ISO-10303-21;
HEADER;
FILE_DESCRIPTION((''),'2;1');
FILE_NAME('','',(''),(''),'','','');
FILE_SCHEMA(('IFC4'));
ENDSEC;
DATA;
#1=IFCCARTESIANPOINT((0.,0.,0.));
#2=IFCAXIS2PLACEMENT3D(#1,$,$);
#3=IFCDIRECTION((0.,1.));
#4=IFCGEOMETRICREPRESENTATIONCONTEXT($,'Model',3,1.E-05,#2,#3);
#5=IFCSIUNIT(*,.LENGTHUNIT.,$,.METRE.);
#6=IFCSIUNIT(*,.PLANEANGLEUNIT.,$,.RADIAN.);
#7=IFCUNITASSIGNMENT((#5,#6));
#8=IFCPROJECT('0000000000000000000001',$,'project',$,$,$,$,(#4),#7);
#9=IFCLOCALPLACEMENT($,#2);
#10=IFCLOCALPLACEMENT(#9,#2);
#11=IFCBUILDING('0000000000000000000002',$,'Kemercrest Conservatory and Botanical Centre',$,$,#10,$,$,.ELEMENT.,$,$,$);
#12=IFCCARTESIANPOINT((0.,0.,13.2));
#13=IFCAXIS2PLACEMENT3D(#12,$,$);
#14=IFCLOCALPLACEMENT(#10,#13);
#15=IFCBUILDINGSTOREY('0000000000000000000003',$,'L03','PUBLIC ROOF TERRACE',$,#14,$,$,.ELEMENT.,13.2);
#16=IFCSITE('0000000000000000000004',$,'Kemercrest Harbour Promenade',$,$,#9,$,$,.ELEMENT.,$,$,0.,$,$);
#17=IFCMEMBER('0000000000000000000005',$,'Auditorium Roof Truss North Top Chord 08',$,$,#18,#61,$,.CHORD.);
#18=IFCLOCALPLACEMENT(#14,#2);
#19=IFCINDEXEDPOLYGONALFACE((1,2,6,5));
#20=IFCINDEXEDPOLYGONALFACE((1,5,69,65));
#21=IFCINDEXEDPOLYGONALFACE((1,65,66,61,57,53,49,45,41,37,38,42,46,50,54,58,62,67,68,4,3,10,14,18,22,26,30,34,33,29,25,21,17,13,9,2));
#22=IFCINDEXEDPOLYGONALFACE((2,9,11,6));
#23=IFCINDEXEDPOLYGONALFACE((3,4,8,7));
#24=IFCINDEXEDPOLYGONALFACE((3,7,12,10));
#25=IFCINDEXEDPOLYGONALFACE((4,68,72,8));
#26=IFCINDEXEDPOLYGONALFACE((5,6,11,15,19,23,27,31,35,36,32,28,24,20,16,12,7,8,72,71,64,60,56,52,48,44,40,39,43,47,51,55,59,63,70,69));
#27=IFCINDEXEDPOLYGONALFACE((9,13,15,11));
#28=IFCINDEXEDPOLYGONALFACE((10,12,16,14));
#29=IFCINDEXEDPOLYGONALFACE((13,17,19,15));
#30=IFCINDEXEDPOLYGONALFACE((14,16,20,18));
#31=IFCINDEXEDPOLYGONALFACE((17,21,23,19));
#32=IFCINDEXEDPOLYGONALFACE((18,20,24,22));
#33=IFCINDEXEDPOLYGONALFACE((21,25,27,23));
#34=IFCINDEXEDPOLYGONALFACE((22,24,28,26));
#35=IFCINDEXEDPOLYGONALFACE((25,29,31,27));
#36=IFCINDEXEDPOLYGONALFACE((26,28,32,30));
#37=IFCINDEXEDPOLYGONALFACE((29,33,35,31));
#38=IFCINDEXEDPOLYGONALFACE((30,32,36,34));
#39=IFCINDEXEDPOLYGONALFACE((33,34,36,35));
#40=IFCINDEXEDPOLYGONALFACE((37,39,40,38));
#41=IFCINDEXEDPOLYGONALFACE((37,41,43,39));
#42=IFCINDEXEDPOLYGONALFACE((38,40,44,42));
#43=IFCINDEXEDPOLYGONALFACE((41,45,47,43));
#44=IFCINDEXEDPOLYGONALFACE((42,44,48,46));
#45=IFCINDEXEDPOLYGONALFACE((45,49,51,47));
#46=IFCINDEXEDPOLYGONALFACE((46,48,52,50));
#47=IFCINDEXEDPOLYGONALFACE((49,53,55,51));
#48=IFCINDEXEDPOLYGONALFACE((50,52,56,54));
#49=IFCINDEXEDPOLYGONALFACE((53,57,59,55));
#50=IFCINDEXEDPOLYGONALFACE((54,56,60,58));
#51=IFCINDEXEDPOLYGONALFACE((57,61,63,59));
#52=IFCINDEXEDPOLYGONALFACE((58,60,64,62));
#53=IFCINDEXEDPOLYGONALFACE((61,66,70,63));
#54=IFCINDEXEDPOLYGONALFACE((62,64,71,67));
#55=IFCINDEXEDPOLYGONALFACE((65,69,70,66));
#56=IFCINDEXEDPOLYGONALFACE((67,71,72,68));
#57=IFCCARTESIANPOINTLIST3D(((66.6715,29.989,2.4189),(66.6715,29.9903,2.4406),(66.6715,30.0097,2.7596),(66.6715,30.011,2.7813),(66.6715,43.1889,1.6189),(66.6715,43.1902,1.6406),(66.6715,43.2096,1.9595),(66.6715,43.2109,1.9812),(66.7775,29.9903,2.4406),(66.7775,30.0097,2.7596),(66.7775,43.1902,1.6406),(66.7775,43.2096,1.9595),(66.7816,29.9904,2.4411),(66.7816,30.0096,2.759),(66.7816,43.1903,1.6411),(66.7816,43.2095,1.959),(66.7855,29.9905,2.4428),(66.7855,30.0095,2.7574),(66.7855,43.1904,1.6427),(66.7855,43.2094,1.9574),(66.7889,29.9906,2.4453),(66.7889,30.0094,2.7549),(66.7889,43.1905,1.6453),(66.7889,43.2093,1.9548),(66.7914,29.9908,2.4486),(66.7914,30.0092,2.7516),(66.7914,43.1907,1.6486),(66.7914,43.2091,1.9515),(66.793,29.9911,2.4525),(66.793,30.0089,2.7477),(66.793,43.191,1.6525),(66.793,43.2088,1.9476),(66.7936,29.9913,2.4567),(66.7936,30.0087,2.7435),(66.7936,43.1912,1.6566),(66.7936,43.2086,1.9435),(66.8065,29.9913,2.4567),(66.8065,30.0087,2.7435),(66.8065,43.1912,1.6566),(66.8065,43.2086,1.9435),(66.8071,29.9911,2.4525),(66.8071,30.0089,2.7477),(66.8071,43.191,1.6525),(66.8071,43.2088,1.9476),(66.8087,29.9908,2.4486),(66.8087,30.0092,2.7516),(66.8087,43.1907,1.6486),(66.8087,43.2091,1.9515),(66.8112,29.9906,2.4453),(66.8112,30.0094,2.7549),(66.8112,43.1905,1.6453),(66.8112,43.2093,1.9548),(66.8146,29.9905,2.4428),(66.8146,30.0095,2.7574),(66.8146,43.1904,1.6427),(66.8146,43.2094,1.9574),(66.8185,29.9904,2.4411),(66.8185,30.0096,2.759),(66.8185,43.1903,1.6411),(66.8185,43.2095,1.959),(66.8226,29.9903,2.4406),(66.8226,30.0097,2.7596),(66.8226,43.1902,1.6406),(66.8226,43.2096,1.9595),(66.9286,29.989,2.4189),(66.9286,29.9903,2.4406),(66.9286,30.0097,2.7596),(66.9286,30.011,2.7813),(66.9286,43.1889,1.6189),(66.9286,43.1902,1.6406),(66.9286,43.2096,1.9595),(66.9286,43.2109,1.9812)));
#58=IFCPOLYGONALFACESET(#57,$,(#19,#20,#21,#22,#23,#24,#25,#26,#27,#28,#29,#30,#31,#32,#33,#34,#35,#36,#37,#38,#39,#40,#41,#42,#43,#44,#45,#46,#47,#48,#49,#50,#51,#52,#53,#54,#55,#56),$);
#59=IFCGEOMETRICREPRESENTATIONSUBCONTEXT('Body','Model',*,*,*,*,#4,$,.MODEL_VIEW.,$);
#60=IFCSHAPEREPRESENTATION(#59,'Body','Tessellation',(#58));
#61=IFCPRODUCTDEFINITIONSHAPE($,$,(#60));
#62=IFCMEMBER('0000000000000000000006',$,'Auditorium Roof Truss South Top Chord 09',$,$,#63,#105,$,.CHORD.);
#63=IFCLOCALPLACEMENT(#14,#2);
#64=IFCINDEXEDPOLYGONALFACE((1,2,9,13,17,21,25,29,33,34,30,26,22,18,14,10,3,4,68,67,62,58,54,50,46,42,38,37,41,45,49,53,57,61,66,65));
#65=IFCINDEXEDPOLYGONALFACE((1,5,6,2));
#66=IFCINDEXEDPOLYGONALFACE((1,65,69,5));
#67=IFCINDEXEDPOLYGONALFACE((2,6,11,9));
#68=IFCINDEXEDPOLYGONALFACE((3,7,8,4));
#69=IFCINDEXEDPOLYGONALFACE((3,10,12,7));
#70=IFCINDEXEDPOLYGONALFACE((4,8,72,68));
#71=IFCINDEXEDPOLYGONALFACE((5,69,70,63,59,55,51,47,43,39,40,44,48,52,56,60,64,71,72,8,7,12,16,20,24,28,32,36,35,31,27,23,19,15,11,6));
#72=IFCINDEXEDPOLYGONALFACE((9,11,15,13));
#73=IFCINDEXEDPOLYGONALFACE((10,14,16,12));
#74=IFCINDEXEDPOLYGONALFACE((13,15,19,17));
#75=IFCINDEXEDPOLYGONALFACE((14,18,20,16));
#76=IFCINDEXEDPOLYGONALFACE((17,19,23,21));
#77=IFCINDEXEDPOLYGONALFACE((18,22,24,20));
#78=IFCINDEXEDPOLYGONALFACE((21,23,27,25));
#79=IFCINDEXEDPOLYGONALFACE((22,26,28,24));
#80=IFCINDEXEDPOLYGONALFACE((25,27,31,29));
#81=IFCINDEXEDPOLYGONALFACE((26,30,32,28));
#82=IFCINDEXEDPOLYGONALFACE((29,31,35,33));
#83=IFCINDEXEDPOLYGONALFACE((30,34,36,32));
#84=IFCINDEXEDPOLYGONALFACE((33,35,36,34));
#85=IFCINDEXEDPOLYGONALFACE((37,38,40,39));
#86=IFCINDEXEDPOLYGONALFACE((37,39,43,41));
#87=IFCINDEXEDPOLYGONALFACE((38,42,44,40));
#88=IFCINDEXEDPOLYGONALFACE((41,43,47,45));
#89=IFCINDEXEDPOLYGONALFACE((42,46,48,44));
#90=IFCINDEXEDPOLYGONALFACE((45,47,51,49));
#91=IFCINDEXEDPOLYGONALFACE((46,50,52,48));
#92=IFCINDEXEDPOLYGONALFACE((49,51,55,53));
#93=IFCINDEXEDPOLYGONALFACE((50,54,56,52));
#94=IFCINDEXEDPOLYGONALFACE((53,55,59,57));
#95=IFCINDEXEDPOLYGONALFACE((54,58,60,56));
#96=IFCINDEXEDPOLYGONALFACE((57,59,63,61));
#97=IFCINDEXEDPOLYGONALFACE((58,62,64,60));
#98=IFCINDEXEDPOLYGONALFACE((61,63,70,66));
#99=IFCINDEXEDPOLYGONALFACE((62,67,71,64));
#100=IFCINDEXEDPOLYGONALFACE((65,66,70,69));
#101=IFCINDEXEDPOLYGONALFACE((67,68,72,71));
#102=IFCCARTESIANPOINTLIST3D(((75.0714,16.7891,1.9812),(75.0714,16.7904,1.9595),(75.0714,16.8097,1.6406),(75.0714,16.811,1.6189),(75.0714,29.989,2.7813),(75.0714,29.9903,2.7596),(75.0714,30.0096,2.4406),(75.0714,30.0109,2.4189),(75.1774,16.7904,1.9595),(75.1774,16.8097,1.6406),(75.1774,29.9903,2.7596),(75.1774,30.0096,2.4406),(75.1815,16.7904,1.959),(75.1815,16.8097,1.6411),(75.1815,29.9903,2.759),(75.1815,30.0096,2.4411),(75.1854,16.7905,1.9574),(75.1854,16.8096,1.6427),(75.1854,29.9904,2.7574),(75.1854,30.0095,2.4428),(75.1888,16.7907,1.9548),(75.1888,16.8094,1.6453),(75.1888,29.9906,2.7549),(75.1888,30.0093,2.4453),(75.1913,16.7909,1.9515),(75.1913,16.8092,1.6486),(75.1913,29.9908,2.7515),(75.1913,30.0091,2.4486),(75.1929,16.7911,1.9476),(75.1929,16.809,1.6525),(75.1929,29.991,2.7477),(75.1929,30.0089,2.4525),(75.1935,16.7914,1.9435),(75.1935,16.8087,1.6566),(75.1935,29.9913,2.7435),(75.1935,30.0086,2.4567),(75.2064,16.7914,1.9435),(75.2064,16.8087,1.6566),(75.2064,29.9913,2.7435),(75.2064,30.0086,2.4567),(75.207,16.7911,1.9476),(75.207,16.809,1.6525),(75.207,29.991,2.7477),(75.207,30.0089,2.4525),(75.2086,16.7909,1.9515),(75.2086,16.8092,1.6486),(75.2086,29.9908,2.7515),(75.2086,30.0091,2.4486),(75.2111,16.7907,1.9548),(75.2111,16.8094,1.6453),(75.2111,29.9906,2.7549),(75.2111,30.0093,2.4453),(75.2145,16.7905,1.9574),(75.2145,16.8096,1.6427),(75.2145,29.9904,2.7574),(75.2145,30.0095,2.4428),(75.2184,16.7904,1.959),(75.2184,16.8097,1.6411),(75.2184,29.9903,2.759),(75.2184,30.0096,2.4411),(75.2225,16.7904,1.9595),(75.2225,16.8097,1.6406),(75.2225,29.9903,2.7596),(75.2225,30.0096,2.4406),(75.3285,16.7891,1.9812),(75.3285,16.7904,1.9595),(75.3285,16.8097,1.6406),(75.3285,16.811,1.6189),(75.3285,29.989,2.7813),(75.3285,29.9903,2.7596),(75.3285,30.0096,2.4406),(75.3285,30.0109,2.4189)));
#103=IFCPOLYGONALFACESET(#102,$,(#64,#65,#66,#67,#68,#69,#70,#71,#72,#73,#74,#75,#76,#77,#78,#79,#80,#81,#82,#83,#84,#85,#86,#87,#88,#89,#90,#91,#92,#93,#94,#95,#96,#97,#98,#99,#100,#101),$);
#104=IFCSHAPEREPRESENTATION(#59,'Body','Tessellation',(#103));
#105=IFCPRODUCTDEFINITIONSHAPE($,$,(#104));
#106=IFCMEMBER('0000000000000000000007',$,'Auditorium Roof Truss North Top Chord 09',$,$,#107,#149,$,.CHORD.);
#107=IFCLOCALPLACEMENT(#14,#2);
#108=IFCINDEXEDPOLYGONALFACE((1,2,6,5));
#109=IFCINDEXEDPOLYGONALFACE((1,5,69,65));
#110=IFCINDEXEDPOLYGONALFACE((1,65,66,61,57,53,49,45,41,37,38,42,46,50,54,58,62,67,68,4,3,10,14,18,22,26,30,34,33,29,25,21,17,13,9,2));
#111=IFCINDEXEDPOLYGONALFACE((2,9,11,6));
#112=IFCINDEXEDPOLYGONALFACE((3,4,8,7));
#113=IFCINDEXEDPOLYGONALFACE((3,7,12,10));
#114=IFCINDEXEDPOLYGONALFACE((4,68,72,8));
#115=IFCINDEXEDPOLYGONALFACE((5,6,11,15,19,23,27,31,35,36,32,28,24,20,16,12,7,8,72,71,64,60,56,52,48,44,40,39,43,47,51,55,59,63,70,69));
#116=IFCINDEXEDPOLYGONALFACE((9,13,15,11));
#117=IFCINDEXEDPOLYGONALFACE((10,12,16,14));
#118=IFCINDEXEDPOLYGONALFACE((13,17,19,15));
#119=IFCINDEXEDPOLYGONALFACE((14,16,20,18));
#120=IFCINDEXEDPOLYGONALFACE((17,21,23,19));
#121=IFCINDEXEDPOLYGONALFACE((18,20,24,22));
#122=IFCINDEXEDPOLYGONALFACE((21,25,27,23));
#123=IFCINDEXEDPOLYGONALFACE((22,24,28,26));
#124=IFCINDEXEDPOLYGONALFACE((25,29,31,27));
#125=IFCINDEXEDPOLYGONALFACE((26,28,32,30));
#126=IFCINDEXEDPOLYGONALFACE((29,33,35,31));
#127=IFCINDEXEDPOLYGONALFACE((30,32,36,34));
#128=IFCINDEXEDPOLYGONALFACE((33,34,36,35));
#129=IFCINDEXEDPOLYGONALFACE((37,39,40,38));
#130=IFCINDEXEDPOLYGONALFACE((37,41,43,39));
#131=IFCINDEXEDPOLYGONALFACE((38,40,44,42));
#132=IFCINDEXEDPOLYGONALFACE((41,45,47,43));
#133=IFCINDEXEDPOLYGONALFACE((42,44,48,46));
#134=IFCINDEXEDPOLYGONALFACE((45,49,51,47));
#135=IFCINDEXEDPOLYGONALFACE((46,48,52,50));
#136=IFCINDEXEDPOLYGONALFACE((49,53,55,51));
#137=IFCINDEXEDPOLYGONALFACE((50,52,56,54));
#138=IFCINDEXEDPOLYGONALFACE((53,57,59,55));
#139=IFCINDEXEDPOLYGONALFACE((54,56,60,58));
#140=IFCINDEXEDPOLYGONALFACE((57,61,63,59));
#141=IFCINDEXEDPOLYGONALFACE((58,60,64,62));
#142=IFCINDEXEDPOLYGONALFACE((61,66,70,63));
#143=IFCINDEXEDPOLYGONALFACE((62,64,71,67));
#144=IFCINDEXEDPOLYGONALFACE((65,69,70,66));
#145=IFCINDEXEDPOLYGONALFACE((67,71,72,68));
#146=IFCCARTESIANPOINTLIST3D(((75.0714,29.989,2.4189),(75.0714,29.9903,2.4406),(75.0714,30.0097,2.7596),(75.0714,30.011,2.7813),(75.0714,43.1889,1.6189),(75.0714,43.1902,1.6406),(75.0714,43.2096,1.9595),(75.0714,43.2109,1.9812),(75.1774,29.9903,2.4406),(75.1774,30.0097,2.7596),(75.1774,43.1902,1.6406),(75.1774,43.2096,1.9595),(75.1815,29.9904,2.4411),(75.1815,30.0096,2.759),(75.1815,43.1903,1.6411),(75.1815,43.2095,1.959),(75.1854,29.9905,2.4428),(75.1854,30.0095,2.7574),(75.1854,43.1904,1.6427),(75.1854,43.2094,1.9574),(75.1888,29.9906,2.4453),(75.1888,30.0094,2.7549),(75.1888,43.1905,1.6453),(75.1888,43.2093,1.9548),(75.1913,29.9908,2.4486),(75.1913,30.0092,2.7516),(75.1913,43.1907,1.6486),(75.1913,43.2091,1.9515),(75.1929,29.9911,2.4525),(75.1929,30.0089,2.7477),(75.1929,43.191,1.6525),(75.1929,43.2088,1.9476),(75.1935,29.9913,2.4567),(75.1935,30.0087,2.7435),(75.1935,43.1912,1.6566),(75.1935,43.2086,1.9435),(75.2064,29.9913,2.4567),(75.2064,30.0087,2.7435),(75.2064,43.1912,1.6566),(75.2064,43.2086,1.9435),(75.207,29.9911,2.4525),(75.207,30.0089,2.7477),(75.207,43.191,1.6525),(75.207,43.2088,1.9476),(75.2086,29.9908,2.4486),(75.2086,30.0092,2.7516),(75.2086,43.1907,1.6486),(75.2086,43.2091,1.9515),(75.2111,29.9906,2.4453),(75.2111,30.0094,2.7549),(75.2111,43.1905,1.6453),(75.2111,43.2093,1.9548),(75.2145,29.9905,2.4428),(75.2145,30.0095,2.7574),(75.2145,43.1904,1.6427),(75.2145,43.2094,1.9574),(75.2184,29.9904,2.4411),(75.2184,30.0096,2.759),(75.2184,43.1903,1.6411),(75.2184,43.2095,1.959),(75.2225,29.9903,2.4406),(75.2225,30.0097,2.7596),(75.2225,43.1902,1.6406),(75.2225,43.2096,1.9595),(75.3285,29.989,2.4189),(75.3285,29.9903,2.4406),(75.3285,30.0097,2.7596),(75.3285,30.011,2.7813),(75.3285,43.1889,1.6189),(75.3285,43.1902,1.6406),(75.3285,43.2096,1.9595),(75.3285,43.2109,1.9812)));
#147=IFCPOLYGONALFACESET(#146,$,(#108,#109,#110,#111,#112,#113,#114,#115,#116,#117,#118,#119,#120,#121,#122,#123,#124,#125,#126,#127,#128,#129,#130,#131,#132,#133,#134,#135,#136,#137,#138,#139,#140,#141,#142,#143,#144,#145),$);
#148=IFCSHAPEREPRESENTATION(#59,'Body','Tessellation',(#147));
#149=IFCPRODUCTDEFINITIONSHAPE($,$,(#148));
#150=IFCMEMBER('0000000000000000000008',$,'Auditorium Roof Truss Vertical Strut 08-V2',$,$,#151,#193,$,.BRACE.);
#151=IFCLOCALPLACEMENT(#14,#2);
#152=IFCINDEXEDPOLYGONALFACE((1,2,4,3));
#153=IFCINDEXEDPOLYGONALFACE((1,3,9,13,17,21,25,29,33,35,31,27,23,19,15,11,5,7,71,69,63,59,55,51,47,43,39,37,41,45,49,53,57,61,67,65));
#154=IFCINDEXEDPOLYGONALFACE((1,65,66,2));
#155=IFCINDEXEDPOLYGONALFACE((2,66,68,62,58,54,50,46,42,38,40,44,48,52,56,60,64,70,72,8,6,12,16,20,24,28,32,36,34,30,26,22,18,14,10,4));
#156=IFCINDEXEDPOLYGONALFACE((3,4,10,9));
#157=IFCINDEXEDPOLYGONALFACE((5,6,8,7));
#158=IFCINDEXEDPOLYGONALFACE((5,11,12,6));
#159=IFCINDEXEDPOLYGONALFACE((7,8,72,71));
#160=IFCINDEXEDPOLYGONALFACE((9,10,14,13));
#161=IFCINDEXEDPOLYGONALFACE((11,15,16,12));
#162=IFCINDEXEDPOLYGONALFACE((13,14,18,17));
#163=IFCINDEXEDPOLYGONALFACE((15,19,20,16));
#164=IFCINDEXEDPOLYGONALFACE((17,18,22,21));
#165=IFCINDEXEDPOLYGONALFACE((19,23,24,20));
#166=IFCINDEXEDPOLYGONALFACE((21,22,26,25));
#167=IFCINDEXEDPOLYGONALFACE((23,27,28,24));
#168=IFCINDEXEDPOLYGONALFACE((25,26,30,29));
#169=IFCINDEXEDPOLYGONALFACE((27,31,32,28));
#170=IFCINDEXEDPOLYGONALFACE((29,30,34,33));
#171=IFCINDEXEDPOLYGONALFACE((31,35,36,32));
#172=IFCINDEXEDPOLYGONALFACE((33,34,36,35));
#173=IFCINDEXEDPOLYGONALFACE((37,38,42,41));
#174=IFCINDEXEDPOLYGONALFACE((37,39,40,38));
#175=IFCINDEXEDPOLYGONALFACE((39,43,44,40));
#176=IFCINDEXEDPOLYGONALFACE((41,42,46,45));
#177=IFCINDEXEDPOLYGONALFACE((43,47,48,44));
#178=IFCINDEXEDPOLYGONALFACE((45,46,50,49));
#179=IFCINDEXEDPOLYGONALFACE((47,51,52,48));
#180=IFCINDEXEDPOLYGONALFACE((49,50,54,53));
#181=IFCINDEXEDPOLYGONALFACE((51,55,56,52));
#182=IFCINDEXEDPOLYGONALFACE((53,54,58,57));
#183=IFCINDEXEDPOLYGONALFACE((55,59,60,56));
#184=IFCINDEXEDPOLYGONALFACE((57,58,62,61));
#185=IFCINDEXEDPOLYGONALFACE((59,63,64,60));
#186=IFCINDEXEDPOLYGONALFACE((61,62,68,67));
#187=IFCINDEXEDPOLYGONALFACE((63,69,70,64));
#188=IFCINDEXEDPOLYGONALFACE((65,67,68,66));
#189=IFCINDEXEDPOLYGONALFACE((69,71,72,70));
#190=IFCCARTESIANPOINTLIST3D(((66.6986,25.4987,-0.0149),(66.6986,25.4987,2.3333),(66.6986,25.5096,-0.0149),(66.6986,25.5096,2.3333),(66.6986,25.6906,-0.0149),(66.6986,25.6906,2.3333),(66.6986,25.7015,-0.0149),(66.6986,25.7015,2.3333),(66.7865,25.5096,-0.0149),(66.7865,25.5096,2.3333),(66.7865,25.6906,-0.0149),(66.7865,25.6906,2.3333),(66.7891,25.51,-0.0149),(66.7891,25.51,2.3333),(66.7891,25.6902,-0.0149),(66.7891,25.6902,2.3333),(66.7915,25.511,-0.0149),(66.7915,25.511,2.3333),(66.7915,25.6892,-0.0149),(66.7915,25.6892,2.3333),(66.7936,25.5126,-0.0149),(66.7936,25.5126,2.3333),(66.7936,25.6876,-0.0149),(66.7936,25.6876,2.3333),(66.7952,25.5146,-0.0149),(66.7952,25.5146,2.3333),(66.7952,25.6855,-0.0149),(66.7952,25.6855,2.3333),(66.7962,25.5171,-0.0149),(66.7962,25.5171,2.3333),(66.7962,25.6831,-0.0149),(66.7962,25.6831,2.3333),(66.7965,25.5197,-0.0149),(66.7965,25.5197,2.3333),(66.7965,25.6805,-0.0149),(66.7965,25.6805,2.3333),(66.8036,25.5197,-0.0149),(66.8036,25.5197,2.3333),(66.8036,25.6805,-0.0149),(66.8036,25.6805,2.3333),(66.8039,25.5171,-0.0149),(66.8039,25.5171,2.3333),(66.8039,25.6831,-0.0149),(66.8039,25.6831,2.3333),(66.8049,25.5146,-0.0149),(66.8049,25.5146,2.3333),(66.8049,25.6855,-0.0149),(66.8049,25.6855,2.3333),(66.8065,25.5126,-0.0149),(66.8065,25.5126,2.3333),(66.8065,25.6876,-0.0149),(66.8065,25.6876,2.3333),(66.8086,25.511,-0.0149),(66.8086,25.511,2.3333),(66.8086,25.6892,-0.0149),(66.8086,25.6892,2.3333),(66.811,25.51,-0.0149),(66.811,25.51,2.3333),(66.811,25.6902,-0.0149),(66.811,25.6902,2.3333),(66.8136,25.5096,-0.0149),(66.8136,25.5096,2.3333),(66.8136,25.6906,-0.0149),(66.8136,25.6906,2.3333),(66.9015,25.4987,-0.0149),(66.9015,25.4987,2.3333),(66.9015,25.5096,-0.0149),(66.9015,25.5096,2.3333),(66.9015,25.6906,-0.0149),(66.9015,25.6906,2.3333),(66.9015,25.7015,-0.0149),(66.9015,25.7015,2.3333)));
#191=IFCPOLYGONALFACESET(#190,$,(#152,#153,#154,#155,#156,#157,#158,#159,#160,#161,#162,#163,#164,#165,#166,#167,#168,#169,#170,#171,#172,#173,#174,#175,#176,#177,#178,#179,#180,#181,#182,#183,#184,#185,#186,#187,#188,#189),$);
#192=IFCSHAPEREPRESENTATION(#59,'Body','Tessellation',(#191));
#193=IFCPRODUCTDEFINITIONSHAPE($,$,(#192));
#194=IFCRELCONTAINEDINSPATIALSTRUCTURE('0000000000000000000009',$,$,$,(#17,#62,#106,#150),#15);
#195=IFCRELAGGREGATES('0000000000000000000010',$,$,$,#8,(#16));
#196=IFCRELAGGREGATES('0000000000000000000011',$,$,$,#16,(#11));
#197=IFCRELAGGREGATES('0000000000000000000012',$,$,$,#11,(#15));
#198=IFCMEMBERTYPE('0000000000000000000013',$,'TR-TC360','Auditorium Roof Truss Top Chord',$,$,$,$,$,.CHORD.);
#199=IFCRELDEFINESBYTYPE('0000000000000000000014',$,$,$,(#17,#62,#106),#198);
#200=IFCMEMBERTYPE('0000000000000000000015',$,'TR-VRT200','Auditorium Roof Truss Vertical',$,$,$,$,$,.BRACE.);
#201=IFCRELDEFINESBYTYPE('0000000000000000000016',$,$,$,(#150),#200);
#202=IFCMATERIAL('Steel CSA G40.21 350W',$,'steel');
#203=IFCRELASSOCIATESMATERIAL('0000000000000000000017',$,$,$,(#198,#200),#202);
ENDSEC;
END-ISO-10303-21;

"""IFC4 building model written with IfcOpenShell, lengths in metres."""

from ifc_helpers import new_model, si_unit, direction, frame, origin, origin_2d, place, context, subcontext, project, spatial, i_section, extrude, material, material_profile, profile_set, type_object, element, save


model = new_model("IFC4")

# Units and contexts
model_context = context("Model", 3, precision=1e-05, world=origin(), true_north=direction((0.0, 1.0)))
body_context = subcontext(model_context, "Body", "Model", "MODEL_VIEW")
ifc_project = project(units=[si_unit("LENGTHUNIT", "METRE"), si_unit("PLANEANGLEUNIT", "RADIAN")], contexts=[model_context])

# Site, building, storey
site_placement = place(None, origin())
site = spatial("IfcSite", under=ifc_project, at=site_placement, Name="Kemercrest Harbour Promenade", CompositionType="ELEMENT", RefElevation=0.0)
building_placement = place(site_placement, origin())
building = spatial("IfcBuilding", under=site, at=building_placement, Name="Kemercrest Conservatory and Botanical Centre", CompositionType="ELEMENT")
storey_placement = place(building_placement, frame((0.0, 0.0, 13.2)))
storey = spatial("IfcBuildingStorey", under=building, at=storey_placement, Name="L03", Description="PUBLIC ROOF TERRACE", CompositionType="ELEMENT", Elevation=13.2)

# Members
ifc_material = material(Name="Steel CSA G40.21 350W", Category="steel")
ifc_material_profile_1 = material_profile(ifc_material, i_section(OverallWidth=0.2571, OverallDepth=0.363, WebThickness=0.0129, FlangeThickness=0.0217, FilletRadius=0.0161, at=origin_2d()), Name="W360X122")
ifc_profile_set_1 = profile_set([ifc_material_profile_1], Name="Steel CSA G40.21 350W")
member_type_1 = type_object("IfcMemberType", Name="TR-TC360", Description="Auditorium Roof Truss Top Chord", PredefinedType="CHORD", material=ifc_profile_set_1)
for number, where, z_axis, x_axis, name in (
    (1, (66.8, 30.0, 2.6001), (0.0, 0.998168, -0.060499), (-1.0, 0.0, 0.0), "Auditorium Roof Truss North Top Chord 08"),
    (2, (75.2, 16.8, 1.8), (0.0, 0.998168, 0.060499), (-1.0, 0.0, 0.0), "Auditorium Roof Truss South Top Chord 09"),
    (3, (75.2, 30.0, 2.6001), (0.0, 0.998168, -0.060499), (-1.0, 0.0, 0.0), "Auditorium Roof Truss North Top Chord 09"),
):
    element("IfcMember", number, at=place(storey_placement, frame(where, z_axis=z_axis, x_axis=x_axis)), inside=storey, type_object=member_type_1, Name=name, PredefinedType="CHORD", context=body_context, shape_type="SweptSolid", body=[
        extrude(i_section(OverallWidth=0.2571, OverallDepth=0.363, WebThickness=0.0129, FlangeThickness=0.0217, FilletRadius=0.0161, at=origin_2d()), origin(), (0.0, 0.0, 1.0), 13.2241),
    ])
ifc_material_profile_2 = material_profile(ifc_material, i_section(OverallWidth=0.2029, OverallDepth=0.2029, WebThickness=0.0071, FlangeThickness=0.011, FilletRadius=0.01, at=origin_2d()), Name="W200X46")
ifc_profile_set_2 = profile_set([ifc_material_profile_2], Name="Steel CSA G40.21 350W")
member_type_2 = type_object("IfcMemberType", Name="TR-VRT200", Description="Auditorium Roof Truss Vertical", PredefinedType="BRACE", material=ifc_profile_set_2)
member_1_placement = place(storey_placement, frame((66.8, 25.6001, -0.0149), z_axis=(0.0, 0.0, 1.0), x_axis=(1.0, 0.0, 0.0)))
element("IfcMember", 4, at=member_1_placement, inside=storey, type_object=member_type_2, Name="Auditorium Roof Truss Vertical Strut 08-V2", PredefinedType="BRACE", context=body_context, shape_type="SweptSolid", body=[
    extrude(i_section(OverallWidth=0.2029, OverallDepth=0.2029, WebThickness=0.0071, FlangeThickness=0.011, FilletRadius=0.01, at=origin_2d()), origin(), (0.0, 0.0, 1.0), 2.3481),
])

save(model, "model.ifc")
